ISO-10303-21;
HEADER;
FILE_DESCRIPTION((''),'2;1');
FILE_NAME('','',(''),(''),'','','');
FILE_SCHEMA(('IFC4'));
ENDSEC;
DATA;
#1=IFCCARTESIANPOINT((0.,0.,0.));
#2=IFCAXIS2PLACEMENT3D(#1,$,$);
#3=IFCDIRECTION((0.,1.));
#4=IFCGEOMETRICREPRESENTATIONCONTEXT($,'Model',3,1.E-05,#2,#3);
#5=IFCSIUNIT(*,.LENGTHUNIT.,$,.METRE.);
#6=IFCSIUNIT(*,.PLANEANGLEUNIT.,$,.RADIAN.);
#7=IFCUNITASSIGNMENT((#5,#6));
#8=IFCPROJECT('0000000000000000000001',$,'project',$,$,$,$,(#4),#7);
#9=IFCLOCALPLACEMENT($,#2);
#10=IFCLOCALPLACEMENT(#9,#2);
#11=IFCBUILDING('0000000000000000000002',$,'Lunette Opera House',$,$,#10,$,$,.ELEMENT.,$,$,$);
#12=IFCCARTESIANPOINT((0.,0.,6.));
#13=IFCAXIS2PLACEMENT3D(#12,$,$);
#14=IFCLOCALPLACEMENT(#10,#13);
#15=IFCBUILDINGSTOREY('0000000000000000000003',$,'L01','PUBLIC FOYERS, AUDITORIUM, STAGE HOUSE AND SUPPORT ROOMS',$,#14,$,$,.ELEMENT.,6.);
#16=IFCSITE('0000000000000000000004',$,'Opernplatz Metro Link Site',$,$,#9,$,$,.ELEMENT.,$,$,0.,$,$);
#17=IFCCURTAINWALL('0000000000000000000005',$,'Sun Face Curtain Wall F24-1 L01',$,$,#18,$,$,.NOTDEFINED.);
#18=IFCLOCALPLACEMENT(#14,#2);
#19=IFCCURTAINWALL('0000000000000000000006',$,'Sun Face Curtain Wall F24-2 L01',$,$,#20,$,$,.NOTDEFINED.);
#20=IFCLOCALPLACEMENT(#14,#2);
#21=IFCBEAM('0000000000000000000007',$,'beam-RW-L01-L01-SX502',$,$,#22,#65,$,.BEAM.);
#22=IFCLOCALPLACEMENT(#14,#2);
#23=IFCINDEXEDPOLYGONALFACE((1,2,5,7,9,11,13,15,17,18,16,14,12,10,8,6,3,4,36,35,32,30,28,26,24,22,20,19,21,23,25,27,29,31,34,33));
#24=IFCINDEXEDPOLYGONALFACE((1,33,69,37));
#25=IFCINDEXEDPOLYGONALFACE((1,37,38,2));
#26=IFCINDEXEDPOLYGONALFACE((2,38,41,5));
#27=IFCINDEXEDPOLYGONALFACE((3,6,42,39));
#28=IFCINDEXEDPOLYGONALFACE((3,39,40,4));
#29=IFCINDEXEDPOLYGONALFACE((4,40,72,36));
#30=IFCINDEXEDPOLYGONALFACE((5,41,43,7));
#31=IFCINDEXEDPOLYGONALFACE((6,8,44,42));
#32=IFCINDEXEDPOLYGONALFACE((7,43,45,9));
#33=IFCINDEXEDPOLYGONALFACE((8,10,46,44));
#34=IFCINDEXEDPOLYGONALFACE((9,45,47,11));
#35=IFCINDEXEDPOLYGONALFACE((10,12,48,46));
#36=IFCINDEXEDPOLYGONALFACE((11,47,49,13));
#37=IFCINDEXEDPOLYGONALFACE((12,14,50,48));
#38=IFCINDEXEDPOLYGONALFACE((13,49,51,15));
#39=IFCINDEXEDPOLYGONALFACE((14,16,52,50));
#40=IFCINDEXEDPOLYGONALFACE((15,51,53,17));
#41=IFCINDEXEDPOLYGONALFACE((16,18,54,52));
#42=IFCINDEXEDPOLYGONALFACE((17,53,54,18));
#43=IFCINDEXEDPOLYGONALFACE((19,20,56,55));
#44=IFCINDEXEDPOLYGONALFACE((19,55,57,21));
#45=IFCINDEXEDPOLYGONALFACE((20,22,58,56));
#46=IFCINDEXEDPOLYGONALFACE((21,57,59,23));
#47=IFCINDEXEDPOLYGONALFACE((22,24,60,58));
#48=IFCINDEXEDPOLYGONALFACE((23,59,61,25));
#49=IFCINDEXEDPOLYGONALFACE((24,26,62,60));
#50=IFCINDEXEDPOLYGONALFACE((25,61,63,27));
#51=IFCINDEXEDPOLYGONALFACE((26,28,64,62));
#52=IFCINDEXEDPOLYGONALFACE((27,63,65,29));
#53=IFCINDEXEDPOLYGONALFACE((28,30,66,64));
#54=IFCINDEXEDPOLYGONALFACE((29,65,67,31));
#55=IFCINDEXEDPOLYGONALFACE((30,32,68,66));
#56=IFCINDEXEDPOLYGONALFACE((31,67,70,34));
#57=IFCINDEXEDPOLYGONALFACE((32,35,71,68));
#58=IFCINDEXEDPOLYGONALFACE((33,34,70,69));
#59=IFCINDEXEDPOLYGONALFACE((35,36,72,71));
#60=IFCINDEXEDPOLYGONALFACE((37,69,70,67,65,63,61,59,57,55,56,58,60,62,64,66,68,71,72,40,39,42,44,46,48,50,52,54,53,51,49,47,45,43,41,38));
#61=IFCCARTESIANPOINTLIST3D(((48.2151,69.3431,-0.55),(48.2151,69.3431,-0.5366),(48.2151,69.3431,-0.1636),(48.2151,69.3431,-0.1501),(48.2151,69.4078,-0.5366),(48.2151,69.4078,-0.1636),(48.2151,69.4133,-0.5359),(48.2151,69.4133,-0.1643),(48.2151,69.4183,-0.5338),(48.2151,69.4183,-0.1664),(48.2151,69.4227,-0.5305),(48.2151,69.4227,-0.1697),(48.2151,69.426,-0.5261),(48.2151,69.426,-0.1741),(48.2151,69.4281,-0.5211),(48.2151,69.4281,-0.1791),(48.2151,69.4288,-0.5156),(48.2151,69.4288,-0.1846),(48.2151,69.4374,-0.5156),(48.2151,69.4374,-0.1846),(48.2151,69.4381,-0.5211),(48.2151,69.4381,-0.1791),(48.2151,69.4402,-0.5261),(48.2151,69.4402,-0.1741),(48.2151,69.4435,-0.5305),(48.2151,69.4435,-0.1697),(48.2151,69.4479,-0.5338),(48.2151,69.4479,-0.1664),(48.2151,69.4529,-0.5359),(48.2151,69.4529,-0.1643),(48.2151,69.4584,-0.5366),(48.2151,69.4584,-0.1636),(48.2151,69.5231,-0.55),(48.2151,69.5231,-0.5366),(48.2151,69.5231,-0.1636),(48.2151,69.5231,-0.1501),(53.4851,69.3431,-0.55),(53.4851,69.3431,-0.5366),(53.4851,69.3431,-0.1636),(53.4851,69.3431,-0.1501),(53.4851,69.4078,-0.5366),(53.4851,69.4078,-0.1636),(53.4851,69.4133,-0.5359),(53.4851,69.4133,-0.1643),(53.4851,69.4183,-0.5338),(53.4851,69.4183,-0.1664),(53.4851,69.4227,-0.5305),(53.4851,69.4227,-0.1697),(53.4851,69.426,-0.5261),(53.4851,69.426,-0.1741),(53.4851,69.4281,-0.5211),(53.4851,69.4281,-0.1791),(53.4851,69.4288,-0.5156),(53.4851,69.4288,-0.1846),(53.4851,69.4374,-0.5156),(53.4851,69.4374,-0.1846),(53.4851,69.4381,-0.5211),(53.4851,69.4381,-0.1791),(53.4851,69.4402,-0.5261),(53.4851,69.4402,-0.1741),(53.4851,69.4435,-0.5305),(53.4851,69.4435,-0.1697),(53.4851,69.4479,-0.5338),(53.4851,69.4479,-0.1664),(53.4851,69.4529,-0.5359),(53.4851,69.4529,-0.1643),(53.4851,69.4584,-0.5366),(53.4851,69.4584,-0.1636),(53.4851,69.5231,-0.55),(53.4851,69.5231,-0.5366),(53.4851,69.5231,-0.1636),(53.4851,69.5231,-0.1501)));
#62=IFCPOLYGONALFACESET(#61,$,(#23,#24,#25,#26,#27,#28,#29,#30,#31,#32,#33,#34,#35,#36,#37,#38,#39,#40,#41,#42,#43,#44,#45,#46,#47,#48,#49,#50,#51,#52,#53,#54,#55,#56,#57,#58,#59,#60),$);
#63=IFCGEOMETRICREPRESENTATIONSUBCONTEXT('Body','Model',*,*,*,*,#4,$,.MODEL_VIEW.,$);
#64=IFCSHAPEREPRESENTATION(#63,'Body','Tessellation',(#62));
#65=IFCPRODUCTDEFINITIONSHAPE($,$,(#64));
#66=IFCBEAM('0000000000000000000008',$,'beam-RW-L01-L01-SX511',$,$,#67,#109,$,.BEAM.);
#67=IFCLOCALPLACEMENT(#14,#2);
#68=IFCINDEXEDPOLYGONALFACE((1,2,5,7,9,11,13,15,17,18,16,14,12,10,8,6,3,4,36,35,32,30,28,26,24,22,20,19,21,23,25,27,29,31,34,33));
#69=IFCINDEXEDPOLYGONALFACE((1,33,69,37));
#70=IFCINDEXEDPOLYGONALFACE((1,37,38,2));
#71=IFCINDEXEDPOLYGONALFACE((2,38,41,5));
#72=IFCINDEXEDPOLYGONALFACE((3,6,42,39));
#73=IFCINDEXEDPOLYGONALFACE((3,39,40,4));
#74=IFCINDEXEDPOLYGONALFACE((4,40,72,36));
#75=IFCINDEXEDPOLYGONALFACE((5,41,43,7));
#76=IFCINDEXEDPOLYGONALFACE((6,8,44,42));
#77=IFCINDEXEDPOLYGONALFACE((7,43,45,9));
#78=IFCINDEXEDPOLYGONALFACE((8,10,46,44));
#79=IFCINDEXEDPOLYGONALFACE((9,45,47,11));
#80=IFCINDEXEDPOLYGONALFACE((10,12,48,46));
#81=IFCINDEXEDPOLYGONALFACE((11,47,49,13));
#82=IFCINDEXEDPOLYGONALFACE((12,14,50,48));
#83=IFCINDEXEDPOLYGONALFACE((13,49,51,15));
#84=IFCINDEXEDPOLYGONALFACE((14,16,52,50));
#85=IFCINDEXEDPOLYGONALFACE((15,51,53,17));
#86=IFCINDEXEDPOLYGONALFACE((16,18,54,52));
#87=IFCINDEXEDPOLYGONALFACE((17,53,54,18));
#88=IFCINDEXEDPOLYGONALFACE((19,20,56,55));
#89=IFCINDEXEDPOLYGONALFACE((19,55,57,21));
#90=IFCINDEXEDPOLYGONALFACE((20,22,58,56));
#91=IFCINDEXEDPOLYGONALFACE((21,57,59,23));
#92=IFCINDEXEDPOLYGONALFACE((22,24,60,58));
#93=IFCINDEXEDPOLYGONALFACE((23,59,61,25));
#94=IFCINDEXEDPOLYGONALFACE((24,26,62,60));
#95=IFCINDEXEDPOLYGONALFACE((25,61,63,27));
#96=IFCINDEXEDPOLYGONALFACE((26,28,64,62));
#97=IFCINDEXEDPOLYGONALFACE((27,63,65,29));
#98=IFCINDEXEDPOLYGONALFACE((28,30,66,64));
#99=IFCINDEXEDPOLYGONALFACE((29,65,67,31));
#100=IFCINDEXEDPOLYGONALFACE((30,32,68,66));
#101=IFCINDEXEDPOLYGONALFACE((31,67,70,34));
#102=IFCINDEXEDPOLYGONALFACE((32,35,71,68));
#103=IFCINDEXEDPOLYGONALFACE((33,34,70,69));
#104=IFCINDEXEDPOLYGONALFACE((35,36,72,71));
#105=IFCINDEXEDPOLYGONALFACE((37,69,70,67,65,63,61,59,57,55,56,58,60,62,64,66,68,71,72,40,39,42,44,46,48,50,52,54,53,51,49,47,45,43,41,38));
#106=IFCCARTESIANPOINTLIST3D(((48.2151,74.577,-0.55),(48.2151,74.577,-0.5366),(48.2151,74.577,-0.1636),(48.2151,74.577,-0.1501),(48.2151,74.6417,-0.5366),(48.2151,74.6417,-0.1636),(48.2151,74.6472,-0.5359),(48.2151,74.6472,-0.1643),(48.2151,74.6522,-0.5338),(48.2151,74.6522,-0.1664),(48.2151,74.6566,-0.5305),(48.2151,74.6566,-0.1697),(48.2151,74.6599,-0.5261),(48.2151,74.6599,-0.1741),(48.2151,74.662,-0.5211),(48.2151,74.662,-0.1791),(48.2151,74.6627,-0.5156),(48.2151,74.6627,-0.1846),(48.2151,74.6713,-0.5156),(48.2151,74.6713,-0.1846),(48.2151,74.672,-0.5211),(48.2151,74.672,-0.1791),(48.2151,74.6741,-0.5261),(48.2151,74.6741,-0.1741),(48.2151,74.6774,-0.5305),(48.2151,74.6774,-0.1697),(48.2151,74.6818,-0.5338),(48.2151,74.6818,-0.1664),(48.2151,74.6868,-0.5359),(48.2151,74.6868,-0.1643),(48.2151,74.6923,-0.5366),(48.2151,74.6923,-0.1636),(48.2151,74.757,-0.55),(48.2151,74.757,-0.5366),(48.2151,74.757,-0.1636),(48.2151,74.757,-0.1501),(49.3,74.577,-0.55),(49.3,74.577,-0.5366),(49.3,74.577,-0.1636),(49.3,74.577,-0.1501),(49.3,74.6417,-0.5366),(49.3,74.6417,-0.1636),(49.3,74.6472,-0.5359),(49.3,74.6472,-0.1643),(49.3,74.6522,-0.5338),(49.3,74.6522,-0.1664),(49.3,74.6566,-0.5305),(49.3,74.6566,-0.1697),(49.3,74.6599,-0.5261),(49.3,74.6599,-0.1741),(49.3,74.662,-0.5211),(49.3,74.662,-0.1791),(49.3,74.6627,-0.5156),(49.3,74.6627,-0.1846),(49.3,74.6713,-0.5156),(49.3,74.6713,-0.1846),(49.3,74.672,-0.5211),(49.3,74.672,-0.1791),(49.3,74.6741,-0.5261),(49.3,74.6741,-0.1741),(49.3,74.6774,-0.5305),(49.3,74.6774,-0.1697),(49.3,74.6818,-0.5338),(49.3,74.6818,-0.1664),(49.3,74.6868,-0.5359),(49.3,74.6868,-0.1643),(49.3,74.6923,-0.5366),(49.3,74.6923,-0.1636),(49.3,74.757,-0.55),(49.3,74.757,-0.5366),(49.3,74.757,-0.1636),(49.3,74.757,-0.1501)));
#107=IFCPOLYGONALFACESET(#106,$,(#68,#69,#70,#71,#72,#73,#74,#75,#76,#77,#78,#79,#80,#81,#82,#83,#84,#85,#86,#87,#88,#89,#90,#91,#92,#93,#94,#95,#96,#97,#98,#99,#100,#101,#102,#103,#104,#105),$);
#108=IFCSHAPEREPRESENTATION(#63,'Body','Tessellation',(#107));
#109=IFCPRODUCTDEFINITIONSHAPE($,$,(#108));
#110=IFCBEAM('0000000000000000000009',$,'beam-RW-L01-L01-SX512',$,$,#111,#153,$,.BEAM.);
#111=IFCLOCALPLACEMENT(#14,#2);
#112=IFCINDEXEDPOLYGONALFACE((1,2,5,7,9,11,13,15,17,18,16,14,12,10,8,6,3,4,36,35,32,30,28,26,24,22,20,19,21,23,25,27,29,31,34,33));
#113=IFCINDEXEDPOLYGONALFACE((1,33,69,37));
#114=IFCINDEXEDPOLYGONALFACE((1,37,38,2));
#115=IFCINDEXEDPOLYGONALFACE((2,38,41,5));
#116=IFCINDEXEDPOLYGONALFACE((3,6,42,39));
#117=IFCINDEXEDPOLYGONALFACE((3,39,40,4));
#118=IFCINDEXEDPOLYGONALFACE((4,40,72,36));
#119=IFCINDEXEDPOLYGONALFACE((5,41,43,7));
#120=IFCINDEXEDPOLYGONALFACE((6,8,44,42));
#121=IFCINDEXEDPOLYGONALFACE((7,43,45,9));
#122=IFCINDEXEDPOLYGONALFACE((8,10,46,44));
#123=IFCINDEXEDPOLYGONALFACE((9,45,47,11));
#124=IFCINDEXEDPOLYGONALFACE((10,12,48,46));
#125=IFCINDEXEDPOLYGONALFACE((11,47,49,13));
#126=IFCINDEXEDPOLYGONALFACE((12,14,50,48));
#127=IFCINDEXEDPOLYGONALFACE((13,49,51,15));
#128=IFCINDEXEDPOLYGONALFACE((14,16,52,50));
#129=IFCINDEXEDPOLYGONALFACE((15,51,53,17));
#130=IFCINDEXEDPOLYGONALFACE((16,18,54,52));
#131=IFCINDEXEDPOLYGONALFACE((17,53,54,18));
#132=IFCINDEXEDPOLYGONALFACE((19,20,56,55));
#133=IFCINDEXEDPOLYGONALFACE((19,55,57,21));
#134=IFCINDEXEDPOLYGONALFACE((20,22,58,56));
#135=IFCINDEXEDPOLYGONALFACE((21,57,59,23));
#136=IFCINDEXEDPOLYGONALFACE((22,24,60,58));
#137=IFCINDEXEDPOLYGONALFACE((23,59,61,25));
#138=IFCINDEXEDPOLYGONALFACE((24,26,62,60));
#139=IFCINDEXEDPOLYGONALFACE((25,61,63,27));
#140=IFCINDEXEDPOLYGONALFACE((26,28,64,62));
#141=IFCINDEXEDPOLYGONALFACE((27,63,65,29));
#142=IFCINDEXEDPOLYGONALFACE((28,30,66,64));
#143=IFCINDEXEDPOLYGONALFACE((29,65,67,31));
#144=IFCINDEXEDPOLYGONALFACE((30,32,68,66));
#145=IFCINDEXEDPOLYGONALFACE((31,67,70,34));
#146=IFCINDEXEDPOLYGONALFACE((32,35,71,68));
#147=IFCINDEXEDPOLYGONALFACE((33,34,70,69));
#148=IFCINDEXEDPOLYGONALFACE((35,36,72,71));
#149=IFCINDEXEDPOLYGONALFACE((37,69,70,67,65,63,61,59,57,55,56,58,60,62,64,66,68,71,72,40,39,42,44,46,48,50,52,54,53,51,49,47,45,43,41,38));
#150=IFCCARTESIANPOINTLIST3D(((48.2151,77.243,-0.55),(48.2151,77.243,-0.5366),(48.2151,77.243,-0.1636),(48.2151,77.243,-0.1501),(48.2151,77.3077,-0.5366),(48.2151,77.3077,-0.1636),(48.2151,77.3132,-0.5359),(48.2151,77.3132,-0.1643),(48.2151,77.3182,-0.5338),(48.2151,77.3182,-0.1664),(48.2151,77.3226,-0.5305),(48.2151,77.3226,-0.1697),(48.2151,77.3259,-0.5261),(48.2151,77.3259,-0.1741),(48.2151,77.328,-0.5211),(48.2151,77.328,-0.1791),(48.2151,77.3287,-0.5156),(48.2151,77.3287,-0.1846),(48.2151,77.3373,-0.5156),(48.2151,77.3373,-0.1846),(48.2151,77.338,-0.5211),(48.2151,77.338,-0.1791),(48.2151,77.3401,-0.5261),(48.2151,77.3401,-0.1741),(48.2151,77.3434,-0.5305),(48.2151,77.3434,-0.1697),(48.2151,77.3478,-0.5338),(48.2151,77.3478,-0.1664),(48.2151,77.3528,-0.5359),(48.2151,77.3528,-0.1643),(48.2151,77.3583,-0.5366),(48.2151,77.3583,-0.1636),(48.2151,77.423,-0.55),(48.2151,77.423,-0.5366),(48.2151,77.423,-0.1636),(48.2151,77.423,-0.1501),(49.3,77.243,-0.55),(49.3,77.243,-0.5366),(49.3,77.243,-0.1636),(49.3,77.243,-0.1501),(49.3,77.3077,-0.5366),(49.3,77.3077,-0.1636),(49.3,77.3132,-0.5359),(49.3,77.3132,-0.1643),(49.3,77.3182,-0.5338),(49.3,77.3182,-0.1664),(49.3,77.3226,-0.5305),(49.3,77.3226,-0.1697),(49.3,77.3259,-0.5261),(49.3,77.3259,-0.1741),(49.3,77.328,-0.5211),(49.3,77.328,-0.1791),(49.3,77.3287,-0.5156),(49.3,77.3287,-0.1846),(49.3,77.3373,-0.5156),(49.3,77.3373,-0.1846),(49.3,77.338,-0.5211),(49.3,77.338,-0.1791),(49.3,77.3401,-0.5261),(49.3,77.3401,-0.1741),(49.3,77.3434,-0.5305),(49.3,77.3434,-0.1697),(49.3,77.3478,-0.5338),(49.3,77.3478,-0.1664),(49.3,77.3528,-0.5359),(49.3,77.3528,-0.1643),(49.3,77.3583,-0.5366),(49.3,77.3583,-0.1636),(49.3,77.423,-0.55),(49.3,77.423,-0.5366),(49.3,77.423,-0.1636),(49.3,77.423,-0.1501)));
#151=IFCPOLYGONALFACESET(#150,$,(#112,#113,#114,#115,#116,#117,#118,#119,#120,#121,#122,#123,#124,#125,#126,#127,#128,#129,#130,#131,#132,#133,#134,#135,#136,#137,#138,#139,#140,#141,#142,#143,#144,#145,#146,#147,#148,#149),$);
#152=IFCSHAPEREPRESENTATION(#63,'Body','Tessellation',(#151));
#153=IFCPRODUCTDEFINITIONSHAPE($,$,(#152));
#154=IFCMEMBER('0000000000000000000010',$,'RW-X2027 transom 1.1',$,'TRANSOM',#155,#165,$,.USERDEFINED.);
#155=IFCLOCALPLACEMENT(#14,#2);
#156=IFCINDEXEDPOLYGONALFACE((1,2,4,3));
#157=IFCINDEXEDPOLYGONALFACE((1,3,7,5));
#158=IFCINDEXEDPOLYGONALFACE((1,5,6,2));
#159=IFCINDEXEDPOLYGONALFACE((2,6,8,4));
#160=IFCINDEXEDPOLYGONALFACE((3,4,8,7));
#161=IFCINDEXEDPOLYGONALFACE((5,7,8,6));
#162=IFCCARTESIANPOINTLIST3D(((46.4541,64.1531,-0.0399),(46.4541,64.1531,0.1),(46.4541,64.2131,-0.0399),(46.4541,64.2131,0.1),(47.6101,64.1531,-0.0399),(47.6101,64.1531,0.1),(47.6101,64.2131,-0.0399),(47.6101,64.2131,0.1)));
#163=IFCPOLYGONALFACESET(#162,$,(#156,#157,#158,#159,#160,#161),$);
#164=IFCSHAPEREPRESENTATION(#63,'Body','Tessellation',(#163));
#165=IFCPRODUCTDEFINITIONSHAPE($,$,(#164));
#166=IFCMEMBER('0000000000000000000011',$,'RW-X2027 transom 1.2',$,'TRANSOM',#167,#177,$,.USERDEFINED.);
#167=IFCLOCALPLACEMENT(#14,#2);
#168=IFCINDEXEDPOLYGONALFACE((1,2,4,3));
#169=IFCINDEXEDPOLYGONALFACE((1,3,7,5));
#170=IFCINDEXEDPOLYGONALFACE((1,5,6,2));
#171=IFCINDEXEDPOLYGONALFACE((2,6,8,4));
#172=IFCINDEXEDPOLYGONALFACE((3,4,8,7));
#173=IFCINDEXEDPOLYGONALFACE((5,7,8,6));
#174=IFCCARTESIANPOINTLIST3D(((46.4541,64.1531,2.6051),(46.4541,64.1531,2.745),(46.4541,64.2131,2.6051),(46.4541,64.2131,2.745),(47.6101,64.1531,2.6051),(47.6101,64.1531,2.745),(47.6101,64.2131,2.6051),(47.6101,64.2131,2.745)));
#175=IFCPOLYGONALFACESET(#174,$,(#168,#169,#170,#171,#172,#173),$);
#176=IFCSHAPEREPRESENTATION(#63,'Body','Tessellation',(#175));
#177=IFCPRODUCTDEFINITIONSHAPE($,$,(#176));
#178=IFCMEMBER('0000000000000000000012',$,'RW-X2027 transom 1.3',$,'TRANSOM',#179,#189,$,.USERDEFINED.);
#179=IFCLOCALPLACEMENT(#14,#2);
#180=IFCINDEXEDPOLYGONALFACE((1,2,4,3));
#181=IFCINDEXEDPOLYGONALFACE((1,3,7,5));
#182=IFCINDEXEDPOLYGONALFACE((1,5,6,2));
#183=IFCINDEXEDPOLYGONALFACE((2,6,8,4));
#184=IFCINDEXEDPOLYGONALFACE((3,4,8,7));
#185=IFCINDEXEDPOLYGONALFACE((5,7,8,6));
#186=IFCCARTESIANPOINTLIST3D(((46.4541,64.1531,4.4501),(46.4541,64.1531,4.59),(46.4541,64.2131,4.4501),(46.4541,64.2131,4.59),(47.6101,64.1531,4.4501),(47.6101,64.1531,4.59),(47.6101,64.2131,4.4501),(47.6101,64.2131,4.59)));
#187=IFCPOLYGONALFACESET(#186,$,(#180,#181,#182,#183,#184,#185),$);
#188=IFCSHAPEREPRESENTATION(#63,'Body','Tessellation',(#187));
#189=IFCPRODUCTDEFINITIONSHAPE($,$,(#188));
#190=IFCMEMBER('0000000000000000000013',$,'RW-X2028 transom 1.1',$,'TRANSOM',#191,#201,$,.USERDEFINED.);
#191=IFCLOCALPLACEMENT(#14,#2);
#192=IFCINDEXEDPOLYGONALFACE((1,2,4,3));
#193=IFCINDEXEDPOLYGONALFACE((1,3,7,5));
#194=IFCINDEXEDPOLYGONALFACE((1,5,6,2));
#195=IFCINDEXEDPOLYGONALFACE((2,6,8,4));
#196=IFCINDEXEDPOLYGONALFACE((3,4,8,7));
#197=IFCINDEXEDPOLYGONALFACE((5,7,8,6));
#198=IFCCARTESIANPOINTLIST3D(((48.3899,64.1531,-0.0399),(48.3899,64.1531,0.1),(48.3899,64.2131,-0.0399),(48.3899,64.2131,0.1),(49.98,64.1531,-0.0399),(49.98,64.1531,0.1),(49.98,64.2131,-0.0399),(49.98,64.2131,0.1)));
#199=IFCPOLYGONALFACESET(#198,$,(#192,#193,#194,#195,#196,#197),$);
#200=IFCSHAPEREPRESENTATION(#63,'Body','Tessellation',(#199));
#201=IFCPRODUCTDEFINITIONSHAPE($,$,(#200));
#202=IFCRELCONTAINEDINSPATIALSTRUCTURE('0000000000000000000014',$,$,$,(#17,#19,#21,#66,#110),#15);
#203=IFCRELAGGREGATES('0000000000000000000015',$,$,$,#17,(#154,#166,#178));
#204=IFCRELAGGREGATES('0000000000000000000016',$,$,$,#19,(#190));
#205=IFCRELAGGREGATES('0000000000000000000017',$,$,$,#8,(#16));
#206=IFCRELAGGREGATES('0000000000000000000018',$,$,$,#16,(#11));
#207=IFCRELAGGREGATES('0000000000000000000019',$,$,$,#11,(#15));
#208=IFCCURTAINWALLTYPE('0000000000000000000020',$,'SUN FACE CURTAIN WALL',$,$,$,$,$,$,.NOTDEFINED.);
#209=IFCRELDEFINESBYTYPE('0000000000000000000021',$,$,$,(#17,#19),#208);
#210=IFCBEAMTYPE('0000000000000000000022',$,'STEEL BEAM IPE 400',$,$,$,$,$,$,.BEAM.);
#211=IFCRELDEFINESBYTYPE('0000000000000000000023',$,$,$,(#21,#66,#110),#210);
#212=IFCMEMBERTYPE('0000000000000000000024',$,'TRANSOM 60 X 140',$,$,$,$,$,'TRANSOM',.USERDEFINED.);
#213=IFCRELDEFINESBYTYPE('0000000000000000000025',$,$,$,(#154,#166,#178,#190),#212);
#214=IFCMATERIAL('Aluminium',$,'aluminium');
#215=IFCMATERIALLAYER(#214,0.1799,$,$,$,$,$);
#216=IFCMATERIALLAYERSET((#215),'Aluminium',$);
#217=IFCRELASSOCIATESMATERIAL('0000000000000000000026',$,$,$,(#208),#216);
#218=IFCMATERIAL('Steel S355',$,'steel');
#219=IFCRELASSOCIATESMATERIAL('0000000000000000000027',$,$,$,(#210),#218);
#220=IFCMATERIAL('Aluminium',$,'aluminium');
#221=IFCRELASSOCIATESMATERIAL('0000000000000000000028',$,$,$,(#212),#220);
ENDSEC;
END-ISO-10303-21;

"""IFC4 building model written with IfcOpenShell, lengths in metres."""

from ifc_helpers import new_model, si_unit, direction, frame, origin, origin_2d, place, context, subcontext, project, spatial, rectangle, i_section, extrude, material, layer, layer_set, material_profile, profile_set, type_object, element, aggregate, save


model = new_model("IFC4")

# Units and contexts
model_context = context("Model", 3, precision=1e-05, world=origin(), true_north=direction((0.0, 1.0)))
body_context = subcontext(model_context, "Body", "Model", "MODEL_VIEW")
ifc_project = project(units=[si_unit("LENGTHUNIT", "METRE"), si_unit("PLANEANGLEUNIT", "RADIAN")], contexts=[model_context])

# Site, building, storey
site_placement = place(None, origin())
site = spatial("IfcSite", under=ifc_project, at=site_placement, Name="Opernplatz Metro Link Site", CompositionType="ELEMENT", RefElevation=0.0)
building_placement = place(site_placement, origin())
building = spatial("IfcBuilding", under=site, at=building_placement, Name="Lunette Opera House", CompositionType="ELEMENT")
storey_placement = place(building_placement, frame((0.0, 0.0, 6.0)))
storey = spatial("IfcBuildingStorey", under=building, at=storey_placement, Name="L01", Description="PUBLIC FOYERS, AUDITORIUM, STAGE HOUSE AND SUPPORT ROOMS", CompositionType="ELEMENT", Elevation=6.0)

# Curtain wall
ifc_material_1 = material(Name="Aluminium", Category="aluminium")
ifc_layer_1 = layer(ifc_material_1, 0.1799)
ifc_layer_set_1 = layer_set([ifc_layer_1], Name="Aluminium")
curtain_wall_type = type_object("IfcCurtainWallType", Name="SUN FACE CURTAIN WALL", PredefinedType="NOTDEFINED", material=ifc_layer_set_1)
curtain_wall_1_placement = place(storey_placement, origin())
curtain_wall_1 = element("IfcCurtainWall", 1, at=curtain_wall_1_placement, inside=storey, type_object=curtain_wall_type, Name="Sun Face Curtain Wall F24-1 L01", PredefinedType="NOTDEFINED")

# Curtain wall
curtain_wall_2_placement = place(storey_placement, origin())
curtain_wall_2 = element("IfcCurtainWall", 2, at=curtain_wall_2_placement, inside=storey, type_object=curtain_wall_type, Name="Sun Face Curtain Wall F24-2 L01", PredefinedType="NOTDEFINED")

# Beams
ifc_material_2 = material(Name="Steel S355", Category="steel")
ifc_material_profile_1 = material_profile(ifc_material_2, i_section(OverallWidth=0.1799, OverallDepth=0.3999, WebThickness=0.0085, FlangeThickness=0.0134, FilletRadius=0.021, at=origin_2d()), Name="IPE 400")
ifc_profile_set_1 = profile_set([ifc_material_profile_1], Name="Steel S355")
beam_type_1 = type_object("IfcBeamType", Name="STEEL BEAM IPE 400", PredefinedType="BEAM", material=ifc_profile_set_1)
for number, where, z_axis, x_axis, name in (
    (3, (48.2151, 69.4331, -0.3501), (1.0, 0.0, 0.0), (0.0, 1.0, 0.0), "beam-RW-L01-L01-SX502"),
):
    element("IfcBeam", number, at=place(storey_placement, frame(where, z_axis=z_axis, x_axis=x_axis)), inside=storey, type_object=beam_type_1, Name=name, PredefinedType="BEAM", context=body_context, shape_type="SweptSolid", body=[
        extrude(i_section(OverallWidth=0.1799, OverallDepth=0.3999, WebThickness=0.0085, FlangeThickness=0.0134, FilletRadius=0.021, at=origin_2d()), origin(), (0.0, 0.0, 1.0), 5.27),
    ])
for number, where, z_axis, x_axis, name in (
    (4, (48.2151, 74.667, -0.3501), (1.0, 0.0, 0.0), (0.0, 1.0, 0.0), "beam-RW-L01-L01-SX511"),
    (5, (48.2151, 77.333, -0.3501), (1.0, 0.0, 0.0), (0.0, 1.0, 0.0), "beam-RW-L01-L01-SX512"),
):
    element("IfcBeam", number, at=place(storey_placement, frame(where, z_axis=z_axis, x_axis=x_axis)), inside=storey, type_object=beam_type_1, Name=name, PredefinedType="BEAM", context=body_context, shape_type="SweptSolid", body=[
        extrude(i_section(OverallWidth=0.1799, OverallDepth=0.3999, WebThickness=0.0085, FlangeThickness=0.0134, FilletRadius=0.021, at=origin_2d()), origin(), (0.0, 0.0, 1.0), 1.085),
    ])

# Members
ifc_material_3 = material(Name="Aluminium", Category="aluminium")
ifc_material_profile_2 = material_profile(ifc_material_3, rectangle(XDim=0.0601, YDim=0.1399, at=origin_2d()), Name="TRANSOM 60 X 140")
ifc_profile_set_2 = profile_set([ifc_material_profile_2], Name="Aluminium")
member_type_1 = type_object("IfcMemberType", Name="TRANSOM 60 X 140", ElementType="TRANSOM", PredefinedType="USERDEFINED", material=ifc_profile_set_2)
member_1_placement = place(storey_placement, frame((46.4541, 64.1831, 0.03), z_axis=(1.0, 0.0, 0.0), x_axis=(0.0, 1.0, 0.0)))
member_1 = element("IfcMember", 6, at=member_1_placement, type_object=member_type_1, Name="RW-X2027 transom 1.1", ObjectType="TRANSOM", PredefinedType="USERDEFINED", context=body_context, shape_type="SweptSolid", body=[
    extrude(rectangle(XDim=0.0601, YDim=0.1399, at=origin_2d()), origin(), (0.0, 0.0, 1.0), 1.156),
])
member_2_placement = place(storey_placement, frame((46.4541, 64.1831, 2.675), z_axis=(1.0, 0.0, 0.0), x_axis=(0.0, 1.0, 0.0)))
member_2 = element("IfcMember", 7, at=member_2_placement, type_object=member_type_1, Name="RW-X2027 transom 1.2", ObjectType="TRANSOM", PredefinedType="USERDEFINED", context=body_context, shape_type="SweptSolid", body=[
    extrude(rectangle(XDim=0.0601, YDim=0.1399, at=origin_2d()), origin(), (0.0, 0.0, 1.0), 1.156),
])
member_3_placement = place(storey_placement, frame((46.4541, 64.1831, 4.52), z_axis=(1.0, 0.0, 0.0), x_axis=(0.0, 1.0, 0.0)))
member_3 = element("IfcMember", 8, at=member_3_placement, type_object=member_type_1, Name="RW-X2027 transom 1.3", ObjectType="TRANSOM", PredefinedType="USERDEFINED", context=body_context, shape_type="SweptSolid", body=[
    extrude(rectangle(XDim=0.0601, YDim=0.1399, at=origin_2d()), origin(), (0.0, 0.0, 1.0), 1.156),
])
member_4_placement = place(storey_placement, frame((48.3899, 64.1831, 0.03), z_axis=(1.0, 0.0, 0.0), x_axis=(0.0, 1.0, 0.0)))
member_4 = element("IfcMember", 9, at=member_4_placement, type_object=member_type_1, Name="RW-X2028 transom 1.1", ObjectType="TRANSOM", PredefinedType="USERDEFINED", context=body_context, shape_type="SweptSolid", body=[
    extrude(rectangle(XDim=0.0601, YDim=0.1399, at=origin_2d()), origin(), (0.0, 0.0, 1.0), 1.5901),
])

aggregate(curtain_wall_1, [member_1, member_2, member_3])
aggregate(curtain_wall_2, [member_4])

save(model, "model.ifc")
